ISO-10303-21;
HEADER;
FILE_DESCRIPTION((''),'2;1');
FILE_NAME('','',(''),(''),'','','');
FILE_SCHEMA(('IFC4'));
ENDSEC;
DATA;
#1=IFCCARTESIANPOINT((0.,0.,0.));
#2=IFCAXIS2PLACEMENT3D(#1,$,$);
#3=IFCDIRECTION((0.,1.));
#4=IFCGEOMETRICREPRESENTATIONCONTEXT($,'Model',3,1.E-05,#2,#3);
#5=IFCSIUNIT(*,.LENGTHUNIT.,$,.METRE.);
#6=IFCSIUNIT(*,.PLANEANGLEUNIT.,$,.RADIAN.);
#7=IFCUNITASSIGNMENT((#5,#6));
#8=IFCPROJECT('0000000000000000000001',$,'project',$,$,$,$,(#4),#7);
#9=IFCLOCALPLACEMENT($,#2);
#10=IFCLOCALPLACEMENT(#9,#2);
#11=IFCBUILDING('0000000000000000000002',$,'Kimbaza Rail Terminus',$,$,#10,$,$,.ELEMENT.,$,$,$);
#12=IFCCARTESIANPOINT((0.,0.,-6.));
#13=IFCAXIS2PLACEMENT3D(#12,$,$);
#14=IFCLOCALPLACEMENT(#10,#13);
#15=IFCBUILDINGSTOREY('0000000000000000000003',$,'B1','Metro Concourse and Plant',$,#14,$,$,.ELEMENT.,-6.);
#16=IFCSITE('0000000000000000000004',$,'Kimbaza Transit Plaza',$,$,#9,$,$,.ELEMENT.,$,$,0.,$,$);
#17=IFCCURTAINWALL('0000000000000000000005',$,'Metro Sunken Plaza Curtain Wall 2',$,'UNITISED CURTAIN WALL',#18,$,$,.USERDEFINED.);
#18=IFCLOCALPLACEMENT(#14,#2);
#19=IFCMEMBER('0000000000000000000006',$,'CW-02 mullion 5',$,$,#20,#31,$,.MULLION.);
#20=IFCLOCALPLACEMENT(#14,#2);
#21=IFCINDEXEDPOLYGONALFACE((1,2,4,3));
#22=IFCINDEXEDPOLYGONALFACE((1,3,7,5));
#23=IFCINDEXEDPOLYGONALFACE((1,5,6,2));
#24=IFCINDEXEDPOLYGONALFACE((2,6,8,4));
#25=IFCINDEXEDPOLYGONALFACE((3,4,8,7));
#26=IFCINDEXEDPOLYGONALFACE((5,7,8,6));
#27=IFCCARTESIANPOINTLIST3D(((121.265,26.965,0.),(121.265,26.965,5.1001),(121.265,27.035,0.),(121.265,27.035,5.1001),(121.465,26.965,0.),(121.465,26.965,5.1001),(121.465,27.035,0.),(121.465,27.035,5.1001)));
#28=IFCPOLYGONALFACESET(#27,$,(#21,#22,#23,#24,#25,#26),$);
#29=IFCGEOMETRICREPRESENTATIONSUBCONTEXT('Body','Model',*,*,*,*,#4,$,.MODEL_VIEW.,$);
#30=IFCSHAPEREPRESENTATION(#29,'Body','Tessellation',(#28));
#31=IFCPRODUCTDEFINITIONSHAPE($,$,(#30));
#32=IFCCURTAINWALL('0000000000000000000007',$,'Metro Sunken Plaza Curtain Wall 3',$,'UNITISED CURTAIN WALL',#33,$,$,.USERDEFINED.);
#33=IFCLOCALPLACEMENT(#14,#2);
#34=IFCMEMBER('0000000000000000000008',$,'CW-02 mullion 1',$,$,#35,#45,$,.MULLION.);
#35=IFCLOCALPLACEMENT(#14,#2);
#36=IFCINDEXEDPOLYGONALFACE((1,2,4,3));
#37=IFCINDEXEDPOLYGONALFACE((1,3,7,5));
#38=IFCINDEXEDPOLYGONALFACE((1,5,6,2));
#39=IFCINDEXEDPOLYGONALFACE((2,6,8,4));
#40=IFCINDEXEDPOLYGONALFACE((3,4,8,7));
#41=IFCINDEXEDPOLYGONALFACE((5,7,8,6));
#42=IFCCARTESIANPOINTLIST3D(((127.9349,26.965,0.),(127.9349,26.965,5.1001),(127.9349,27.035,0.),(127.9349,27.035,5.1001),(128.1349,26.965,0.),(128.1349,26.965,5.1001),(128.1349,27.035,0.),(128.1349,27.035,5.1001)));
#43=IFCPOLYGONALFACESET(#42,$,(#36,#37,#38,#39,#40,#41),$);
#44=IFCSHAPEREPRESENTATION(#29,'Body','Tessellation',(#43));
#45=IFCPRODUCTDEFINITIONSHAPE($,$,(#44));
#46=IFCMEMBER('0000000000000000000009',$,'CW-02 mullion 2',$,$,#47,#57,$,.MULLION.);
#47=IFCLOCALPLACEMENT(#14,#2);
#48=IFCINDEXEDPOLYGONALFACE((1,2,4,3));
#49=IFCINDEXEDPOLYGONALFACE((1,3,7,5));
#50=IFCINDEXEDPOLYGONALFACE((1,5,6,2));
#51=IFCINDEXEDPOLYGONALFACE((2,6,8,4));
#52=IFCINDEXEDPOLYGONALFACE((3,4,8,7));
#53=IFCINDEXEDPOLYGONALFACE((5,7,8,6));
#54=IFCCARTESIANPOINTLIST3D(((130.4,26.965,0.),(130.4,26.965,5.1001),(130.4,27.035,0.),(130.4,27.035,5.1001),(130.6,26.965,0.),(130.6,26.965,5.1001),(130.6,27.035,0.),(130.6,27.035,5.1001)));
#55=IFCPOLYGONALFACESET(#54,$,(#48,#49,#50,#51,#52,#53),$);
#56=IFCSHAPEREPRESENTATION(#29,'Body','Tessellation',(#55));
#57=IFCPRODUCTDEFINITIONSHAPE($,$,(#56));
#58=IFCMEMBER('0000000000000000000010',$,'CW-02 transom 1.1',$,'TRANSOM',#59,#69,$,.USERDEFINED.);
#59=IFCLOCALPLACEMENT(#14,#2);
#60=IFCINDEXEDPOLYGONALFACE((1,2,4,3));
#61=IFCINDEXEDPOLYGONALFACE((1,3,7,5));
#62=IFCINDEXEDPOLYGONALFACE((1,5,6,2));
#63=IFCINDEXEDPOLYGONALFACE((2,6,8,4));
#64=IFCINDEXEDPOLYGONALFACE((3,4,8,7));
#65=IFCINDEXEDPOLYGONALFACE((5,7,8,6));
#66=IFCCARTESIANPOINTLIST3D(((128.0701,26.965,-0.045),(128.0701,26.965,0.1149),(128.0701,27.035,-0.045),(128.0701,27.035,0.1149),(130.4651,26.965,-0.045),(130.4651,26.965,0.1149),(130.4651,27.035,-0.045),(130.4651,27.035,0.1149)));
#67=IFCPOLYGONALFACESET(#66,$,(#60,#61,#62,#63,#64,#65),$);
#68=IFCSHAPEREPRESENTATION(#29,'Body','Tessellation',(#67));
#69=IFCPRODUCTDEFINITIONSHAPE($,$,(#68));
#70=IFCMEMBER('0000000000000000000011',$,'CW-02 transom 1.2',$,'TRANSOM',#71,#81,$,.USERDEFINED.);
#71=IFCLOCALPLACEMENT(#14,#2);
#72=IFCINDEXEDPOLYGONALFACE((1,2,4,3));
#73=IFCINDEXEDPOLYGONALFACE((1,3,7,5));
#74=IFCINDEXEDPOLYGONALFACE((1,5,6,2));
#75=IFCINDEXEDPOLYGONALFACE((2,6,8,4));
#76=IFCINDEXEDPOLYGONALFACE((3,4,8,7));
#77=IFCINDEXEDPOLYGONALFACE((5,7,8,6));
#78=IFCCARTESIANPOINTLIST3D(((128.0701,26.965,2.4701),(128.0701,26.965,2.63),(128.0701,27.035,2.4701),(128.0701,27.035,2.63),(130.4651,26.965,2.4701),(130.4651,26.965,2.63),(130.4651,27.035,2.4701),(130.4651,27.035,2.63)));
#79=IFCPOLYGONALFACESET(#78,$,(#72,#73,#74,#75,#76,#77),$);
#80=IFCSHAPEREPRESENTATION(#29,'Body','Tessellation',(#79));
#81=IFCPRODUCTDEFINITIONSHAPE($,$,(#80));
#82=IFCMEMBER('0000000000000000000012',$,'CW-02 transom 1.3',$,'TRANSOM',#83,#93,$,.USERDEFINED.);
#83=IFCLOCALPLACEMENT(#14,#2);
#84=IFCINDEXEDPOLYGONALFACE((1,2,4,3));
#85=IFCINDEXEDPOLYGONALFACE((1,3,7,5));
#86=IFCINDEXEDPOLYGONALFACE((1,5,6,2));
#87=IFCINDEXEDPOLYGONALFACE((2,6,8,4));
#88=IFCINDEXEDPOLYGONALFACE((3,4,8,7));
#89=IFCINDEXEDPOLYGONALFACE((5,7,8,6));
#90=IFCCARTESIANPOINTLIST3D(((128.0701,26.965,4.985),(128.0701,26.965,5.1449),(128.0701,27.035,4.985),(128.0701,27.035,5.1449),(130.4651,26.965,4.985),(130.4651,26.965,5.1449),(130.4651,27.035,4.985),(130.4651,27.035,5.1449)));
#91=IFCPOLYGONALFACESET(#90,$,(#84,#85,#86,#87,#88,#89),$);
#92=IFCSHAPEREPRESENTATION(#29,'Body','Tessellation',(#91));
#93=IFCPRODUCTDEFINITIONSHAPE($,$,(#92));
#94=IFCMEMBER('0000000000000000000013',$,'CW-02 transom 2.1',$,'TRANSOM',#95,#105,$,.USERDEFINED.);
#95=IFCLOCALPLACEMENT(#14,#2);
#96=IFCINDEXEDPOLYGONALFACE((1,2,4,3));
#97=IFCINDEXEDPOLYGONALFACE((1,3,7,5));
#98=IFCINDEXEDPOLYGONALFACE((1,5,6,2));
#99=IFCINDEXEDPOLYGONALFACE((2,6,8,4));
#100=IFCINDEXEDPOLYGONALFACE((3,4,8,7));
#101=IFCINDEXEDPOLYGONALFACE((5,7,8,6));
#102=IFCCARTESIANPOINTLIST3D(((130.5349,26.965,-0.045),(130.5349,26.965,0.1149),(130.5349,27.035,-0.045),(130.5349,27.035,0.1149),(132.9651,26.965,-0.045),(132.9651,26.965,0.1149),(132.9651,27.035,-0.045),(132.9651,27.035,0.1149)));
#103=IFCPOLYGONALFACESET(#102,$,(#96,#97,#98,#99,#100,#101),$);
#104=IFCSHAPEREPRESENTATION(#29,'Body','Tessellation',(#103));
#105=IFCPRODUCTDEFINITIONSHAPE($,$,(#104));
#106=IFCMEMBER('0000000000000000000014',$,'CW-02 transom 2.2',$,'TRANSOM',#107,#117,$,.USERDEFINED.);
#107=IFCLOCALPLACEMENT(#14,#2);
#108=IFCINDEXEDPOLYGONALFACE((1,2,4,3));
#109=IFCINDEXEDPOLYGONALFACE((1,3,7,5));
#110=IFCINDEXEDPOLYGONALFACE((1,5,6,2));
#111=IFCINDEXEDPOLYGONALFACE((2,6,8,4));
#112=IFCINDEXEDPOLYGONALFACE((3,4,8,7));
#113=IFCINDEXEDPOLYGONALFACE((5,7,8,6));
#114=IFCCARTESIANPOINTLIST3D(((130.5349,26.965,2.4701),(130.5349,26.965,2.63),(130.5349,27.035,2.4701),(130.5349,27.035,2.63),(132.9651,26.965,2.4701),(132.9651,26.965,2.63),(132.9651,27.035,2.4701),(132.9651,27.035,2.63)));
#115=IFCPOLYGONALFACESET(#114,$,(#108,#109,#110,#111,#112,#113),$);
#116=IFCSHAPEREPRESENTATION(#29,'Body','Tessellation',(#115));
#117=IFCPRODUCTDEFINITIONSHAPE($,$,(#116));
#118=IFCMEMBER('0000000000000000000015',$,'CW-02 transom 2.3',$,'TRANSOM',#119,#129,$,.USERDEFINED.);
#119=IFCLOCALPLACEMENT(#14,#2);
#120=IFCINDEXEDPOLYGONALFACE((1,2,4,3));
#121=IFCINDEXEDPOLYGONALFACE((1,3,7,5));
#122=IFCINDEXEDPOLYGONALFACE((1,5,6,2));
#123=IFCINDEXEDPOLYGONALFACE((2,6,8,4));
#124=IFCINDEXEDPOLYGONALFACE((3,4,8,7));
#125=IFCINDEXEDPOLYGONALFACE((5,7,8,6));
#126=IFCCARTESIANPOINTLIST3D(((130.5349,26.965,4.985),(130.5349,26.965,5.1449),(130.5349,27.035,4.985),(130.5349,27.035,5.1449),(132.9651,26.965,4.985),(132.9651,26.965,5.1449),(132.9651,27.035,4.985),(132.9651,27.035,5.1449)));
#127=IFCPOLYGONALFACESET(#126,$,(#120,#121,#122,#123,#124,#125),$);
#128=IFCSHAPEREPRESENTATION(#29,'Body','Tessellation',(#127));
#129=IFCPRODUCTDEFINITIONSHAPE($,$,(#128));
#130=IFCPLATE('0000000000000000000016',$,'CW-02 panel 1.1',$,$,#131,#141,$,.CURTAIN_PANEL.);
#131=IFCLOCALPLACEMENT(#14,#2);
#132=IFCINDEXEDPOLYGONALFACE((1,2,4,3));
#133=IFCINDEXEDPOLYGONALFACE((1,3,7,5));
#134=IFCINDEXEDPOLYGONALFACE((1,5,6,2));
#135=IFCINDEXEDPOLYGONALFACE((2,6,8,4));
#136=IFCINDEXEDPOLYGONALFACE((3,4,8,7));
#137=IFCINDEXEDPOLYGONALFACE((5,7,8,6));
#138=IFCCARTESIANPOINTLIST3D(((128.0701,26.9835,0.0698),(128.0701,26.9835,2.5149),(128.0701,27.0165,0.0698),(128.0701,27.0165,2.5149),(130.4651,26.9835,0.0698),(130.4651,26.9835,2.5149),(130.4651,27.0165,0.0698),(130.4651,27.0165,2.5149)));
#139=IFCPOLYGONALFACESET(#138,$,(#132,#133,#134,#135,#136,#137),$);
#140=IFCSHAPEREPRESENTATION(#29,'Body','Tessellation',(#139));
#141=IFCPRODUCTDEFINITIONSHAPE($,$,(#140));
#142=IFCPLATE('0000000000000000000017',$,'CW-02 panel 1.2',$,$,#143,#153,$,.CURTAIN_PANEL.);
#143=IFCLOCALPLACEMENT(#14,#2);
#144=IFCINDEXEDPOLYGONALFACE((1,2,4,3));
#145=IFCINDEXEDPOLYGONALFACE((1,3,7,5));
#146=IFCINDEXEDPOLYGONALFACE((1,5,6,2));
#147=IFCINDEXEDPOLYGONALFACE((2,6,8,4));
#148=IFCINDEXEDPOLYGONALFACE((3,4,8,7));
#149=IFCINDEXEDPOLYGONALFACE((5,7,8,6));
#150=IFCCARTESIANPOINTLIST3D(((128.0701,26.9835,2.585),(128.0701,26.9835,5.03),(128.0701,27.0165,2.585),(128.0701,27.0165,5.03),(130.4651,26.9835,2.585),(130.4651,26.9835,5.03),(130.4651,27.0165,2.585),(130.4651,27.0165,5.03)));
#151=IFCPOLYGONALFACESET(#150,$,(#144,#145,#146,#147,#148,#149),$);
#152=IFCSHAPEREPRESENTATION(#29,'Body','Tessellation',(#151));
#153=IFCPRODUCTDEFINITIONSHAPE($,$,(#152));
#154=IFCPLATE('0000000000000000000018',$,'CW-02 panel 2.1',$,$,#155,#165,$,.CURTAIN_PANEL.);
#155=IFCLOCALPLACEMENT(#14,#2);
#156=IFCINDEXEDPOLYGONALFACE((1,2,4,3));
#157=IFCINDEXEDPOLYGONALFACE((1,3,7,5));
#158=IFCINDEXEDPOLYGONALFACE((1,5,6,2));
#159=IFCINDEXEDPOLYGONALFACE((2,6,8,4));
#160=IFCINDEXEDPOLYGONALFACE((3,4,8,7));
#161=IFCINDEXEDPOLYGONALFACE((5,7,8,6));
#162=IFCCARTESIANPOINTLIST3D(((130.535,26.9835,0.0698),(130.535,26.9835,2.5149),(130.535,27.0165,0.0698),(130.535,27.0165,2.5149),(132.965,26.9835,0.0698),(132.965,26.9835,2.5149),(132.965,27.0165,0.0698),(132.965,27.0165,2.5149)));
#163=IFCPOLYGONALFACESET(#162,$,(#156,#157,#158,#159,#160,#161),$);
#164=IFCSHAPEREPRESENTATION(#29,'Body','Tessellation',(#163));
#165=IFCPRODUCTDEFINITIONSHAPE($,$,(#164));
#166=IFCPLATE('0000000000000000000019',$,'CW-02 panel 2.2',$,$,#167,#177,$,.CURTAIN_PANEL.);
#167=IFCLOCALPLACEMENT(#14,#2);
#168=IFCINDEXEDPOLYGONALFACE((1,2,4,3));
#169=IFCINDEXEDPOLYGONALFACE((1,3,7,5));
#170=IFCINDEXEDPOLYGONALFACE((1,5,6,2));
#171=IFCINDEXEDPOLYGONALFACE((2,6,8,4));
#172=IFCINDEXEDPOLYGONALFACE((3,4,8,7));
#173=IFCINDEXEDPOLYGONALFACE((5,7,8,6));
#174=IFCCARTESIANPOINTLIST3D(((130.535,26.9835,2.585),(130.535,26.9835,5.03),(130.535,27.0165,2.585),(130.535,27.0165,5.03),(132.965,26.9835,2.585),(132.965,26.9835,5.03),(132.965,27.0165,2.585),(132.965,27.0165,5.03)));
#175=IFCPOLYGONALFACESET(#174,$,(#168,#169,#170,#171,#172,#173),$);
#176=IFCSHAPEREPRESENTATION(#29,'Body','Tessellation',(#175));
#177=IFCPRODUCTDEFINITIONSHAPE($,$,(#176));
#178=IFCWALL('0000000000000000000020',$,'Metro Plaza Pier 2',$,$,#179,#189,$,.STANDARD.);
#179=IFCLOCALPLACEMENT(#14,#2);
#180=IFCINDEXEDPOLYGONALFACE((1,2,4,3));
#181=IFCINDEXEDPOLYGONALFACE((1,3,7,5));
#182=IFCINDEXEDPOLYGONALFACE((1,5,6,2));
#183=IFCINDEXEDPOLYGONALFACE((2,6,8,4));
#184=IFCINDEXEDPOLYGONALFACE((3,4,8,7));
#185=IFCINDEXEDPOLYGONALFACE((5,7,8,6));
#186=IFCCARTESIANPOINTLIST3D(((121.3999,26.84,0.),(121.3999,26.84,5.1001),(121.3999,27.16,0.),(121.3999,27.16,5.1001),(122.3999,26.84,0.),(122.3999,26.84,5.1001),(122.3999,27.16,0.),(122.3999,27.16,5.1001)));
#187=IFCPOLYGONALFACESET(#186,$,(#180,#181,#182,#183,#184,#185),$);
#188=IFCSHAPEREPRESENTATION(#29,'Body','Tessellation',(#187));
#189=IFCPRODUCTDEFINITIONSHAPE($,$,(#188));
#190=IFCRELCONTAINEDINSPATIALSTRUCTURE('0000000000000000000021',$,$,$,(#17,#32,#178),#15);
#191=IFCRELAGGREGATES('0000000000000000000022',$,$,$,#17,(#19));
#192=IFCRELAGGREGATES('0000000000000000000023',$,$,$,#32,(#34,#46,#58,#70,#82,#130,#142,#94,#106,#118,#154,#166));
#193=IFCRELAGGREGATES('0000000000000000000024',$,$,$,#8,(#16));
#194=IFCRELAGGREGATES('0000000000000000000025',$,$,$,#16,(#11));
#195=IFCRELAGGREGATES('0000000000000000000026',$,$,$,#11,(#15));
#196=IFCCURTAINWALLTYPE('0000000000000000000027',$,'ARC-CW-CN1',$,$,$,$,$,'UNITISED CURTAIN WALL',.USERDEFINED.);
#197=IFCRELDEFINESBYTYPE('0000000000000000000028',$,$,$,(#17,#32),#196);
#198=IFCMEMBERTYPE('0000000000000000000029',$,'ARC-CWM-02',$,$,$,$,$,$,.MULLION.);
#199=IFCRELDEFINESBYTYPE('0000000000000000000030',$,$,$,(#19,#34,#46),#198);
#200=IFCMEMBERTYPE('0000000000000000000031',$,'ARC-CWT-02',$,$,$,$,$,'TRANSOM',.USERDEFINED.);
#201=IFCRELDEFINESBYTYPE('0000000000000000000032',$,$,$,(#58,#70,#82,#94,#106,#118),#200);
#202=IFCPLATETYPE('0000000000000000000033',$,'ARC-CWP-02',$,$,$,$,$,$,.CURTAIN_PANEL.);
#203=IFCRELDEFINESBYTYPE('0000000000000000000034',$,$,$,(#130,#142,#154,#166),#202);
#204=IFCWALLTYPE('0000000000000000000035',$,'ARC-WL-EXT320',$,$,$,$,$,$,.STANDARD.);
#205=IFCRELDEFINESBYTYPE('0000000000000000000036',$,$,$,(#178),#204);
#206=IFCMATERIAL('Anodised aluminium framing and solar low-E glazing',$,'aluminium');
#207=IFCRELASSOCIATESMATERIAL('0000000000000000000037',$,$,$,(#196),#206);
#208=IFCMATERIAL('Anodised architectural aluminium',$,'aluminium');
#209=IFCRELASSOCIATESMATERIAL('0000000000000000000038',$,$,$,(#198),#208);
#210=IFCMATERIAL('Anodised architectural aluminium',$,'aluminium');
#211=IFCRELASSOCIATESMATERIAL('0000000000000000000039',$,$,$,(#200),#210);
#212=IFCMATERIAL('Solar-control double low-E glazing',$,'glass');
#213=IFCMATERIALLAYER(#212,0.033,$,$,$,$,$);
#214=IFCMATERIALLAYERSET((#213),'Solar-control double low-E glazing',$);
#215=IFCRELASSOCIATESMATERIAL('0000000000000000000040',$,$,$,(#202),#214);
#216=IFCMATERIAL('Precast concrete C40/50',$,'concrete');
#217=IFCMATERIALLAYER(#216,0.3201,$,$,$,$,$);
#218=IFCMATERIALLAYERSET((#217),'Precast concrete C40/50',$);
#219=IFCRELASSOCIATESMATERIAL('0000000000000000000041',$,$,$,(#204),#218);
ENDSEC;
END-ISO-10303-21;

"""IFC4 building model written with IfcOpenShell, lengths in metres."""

from ifc_helpers import new_model, si_unit, direction, frame, frame_2d, origin, origin_2d, place, context, subcontext, project, spatial, rectangle, extrude, material, layer, layer_set, material_profile, profile_set, type_object, element, aggregate, save


model = new_model("IFC4")

# Units and contexts
model_context = context("Model", 3, precision=1e-05, world=origin(), true_north=direction((0.0, 1.0)))
body_context = subcontext(model_context, "Body", "Model", "MODEL_VIEW")
ifc_project = project(units=[si_unit("LENGTHUNIT", "METRE"), si_unit("PLANEANGLEUNIT", "RADIAN")], contexts=[model_context])

# Site, building, storey
site_placement = place(None, origin())
site = spatial("IfcSite", under=ifc_project, at=site_placement, Name="Kimbaza Transit Plaza", CompositionType="ELEMENT", RefElevation=0.0)
building_placement = place(site_placement, origin())
building = spatial("IfcBuilding", under=site, at=building_placement, Name="Kimbaza Rail Terminus", CompositionType="ELEMENT")
storey_placement = place(building_placement, frame((0.0, 0.0, -6.0)))
storey = spatial("IfcBuildingStorey", under=building, at=storey_placement, Name="B1", Description="Metro Concourse and Plant", CompositionType="ELEMENT", Elevation=-6.0)

# Curtain wall, member
ifc_material_1 = material(Name="Anodised aluminium framing and solar low-E glazing", Category="aluminium")
curtain_wall_type = type_object("IfcCurtainWallType", Name="ARC-CW-CN1", ElementType="UNITISED CURTAIN WALL", PredefinedType="USERDEFINED", material=ifc_material_1)
curtain_wall_1_placement = place(storey_placement, origin())
curtain_wall_1 = element("IfcCurtainWall", 1, at=curtain_wall_1_placement, inside=storey, type_object=curtain_wall_type, Name="Metro Sunken Plaza Curtain Wall 2", ObjectType="UNITISED CURTAIN WALL", PredefinedType="USERDEFINED")
ifc_material_2 = material(Name="Anodised architectural aluminium", Category="aluminium")
ifc_material_profile_1 = material_profile(ifc_material_2, rectangle(XDim=0.0701, YDim=0.2, at=origin_2d()), Name="MULLION 70x200")
ifc_profile_set_1 = profile_set([ifc_material_profile_1], Name="Anodised architectural aluminium")
member_type_1 = type_object("IfcMemberType", Name="ARC-CWM-02", PredefinedType="MULLION", material=ifc_profile_set_1)
member_1_placement = place(storey_placement, frame((121.365, 27.0, 0.0), z_axis=(0.0, 0.0, 1.0), x_axis=(0.0, 1.0, 0.0)))
member_1 = element("IfcMember", 2, at=member_1_placement, type_object=member_type_1, Name="CW-02 mullion 5", PredefinedType="MULLION", context=body_context, shape_type="SweptSolid", body=[
    extrude(rectangle(XDim=0.0701, YDim=0.2, at=origin_2d()), origin(), (0.0, 0.0, 1.0), 5.1001),
])
aggregate(curtain_wall_1, [member_1])

# Curtain wall, members, plates
curtain_wall_2_placement = place(storey_placement, origin())
curtain_wall_2 = element("IfcCurtainWall", 3, at=curtain_wall_2_placement, inside=storey, type_object=curtain_wall_type, Name="Metro Sunken Plaza Curtain Wall 3", ObjectType="UNITISED CURTAIN WALL", PredefinedType="USERDEFINED")
member_2_placement = place(storey_placement, frame((128.0349, 27.0, 0.0), z_axis=(0.0, 0.0, 1.0), x_axis=(0.0, 1.0, 0.0)))
member_2 = element("IfcMember", 4, at=member_2_placement, type_object=member_type_1, Name="CW-02 mullion 1", PredefinedType="MULLION", context=body_context, shape_type="SweptSolid", body=[
    extrude(rectangle(XDim=0.0701, YDim=0.2, at=origin_2d()), origin(), (0.0, 0.0, 1.0), 5.1001),
])
member_3_placement = place(storey_placement, frame((130.5, 27.0, 0.0), z_axis=(0.0, 0.0, 1.0), x_axis=(0.0, 1.0, 0.0)))
member_3 = element("IfcMember", 5, at=member_3_placement, type_object=member_type_1, Name="CW-02 mullion 2", PredefinedType="MULLION", context=body_context, shape_type="SweptSolid", body=[
    extrude(rectangle(XDim=0.0701, YDim=0.2, at=origin_2d()), origin(), (0.0, 0.0, 1.0), 5.1001),
])
ifc_material_3 = material(Name="Anodised architectural aluminium", Category="aluminium")
ifc_material_profile_2 = material_profile(ifc_material_3, rectangle(XDim=0.0701, YDim=0.1599, at=origin_2d()), Name="TRANSOM 70x160")
ifc_profile_set_2 = profile_set([ifc_material_profile_2], Name="Anodised architectural aluminium")
member_type_2 = type_object("IfcMemberType", Name="ARC-CWT-02", ElementType="TRANSOM", PredefinedType="USERDEFINED", material=ifc_profile_set_2)
member_4_placement = place(storey_placement, frame((128.0701, 27.0, 0.0349), z_axis=(1.0, 0.0, 0.0), x_axis=(0.0, 1.0, 0.0)))
member_4 = element("IfcMember", 6, at=member_4_placement, type_object=member_type_2, Name="CW-02 transom 1.1", ObjectType="TRANSOM", PredefinedType="USERDEFINED", context=body_context, shape_type="SweptSolid", body=[
    extrude(rectangle(XDim=0.0701, YDim=0.1599, at=origin_2d()), origin(), (0.0, 0.0, 1.0), 2.395),
])
member_5_placement = place(storey_placement, frame((128.0701, 27.0, 2.55), z_axis=(1.0, 0.0, 0.0), x_axis=(0.0, 1.0, 0.0)))
member_5 = element("IfcMember", 7, at=member_5_placement, type_object=member_type_2, Name="CW-02 transom 1.2", ObjectType="TRANSOM", PredefinedType="USERDEFINED", context=body_context, shape_type="SweptSolid", body=[
    extrude(rectangle(XDim=0.0701, YDim=0.1599, at=origin_2d()), origin(), (0.0, 0.0, 1.0), 2.395),
])
member_6_placement = place(storey_placement, frame((128.0701, 27.0, 5.0649), z_axis=(1.0, 0.0, 0.0), x_axis=(0.0, 1.0, 0.0)))
member_6 = element("IfcMember", 8, at=member_6_placement, type_object=member_type_2, Name="CW-02 transom 1.3", ObjectType="TRANSOM", PredefinedType="USERDEFINED", context=body_context, shape_type="SweptSolid", body=[
    extrude(rectangle(XDim=0.0701, YDim=0.1599, at=origin_2d()), origin(), (0.0, 0.0, 1.0), 2.395),
])
member_7_placement = place(storey_placement, frame((130.5349, 27.0, 0.0349), z_axis=(1.0, 0.0, 0.0), x_axis=(0.0, 1.0, 0.0)))
member_7 = element("IfcMember", 9, at=member_7_placement, type_object=member_type_2, Name="CW-02 transom 2.1", ObjectType="TRANSOM", PredefinedType="USERDEFINED", context=body_context, shape_type="SweptSolid", body=[
    extrude(rectangle(XDim=0.0701, YDim=0.1599, at=origin_2d()), origin(), (0.0, 0.0, 1.0), 2.4302),
])
member_8_placement = place(storey_placement, frame((130.5349, 27.0, 2.55), z_axis=(1.0, 0.0, 0.0), x_axis=(0.0, 1.0, 0.0)))
member_8 = element("IfcMember", 10, at=member_8_placement, type_object=member_type_2, Name="CW-02 transom 2.2", ObjectType="TRANSOM", PredefinedType="USERDEFINED", context=body_context, shape_type="SweptSolid", body=[
    extrude(rectangle(XDim=0.0701, YDim=0.1599, at=origin_2d()), origin(), (0.0, 0.0, 1.0), 2.4302),
])
member_9_placement = place(storey_placement, frame((130.5349, 27.0, 5.0649), z_axis=(1.0, 0.0, 0.0), x_axis=(0.0, 1.0, 0.0)))
member_9 = element("IfcMember", 11, at=member_9_placement, type_object=member_type_2, Name="CW-02 transom 2.3", ObjectType="TRANSOM", PredefinedType="USERDEFINED", context=body_context, shape_type="SweptSolid", body=[
    extrude(rectangle(XDim=0.0701, YDim=0.1599, at=origin_2d()), origin(), (0.0, 0.0, 1.0), 2.4302),
])
ifc_material_4 = material(Name="Solar-control double low-E glazing", Category="glass")
ifc_layer_1 = layer(ifc_material_4, 0.033)
ifc_layer_set_1 = layer_set([ifc_layer_1], Name="Solar-control double low-E glazing")
plate_type = type_object("IfcPlateType", Name="ARC-CWP-02", PredefinedType="CURTAIN_PANEL", material=ifc_layer_set_1)
plate_1_placement = place(storey_placement, frame((129.2676, 27.0, 0.0698), z_axis=(0.0, 0.0, 1.0), x_axis=(1.0, 0.0, 0.0)))
plate_1 = element("IfcPlate", 12, at=plate_1_placement, type_object=plate_type, Name="CW-02 panel 1.1", PredefinedType="CURTAIN_PANEL", context=body_context, shape_type="SweptSolid", body=[
    extrude(rectangle(XDim=2.395, YDim=0.033, at=origin_2d()), origin(), (0.0, 0.0, 1.0), 2.4451),
])
plate_2_placement = place(storey_placement, frame((129.2676, 27.0, 2.585), z_axis=(0.0, 0.0, 1.0), x_axis=(1.0, 0.0, 0.0)))
plate_2 = element("IfcPlate", 13, at=plate_2_placement, type_object=plate_type, Name="CW-02 panel 1.2", PredefinedType="CURTAIN_PANEL", context=body_context, shape_type="SweptSolid", body=[
    extrude(rectangle(XDim=2.395, YDim=0.033, at=origin_2d()), origin(), (0.0, 0.0, 1.0), 2.4451),
])
plate_3_placement = place(storey_placement, frame((131.75, 27.0, 0.0698), z_axis=(0.0, 0.0, 1.0), x_axis=(1.0, 0.0, 0.0)))
plate_3 = element("IfcPlate", 14, at=plate_3_placement, type_object=plate_type, Name="CW-02 panel 2.1", PredefinedType="CURTAIN_PANEL", context=body_context, shape_type="SweptSolid", body=[
    extrude(rectangle(XDim=2.4299, YDim=0.033, at=origin_2d()), origin(), (0.0, 0.0, 1.0), 2.4451),
])
plate_4_placement = place(storey_placement, frame((131.75, 27.0, 2.585), z_axis=(0.0, 0.0, 1.0), x_axis=(1.0, 0.0, 0.0)))
plate_4 = element("IfcPlate", 15, at=plate_4_placement, type_object=plate_type, Name="CW-02 panel 2.2", PredefinedType="CURTAIN_PANEL", context=body_context, shape_type="SweptSolid", body=[
    extrude(rectangle(XDim=2.4299, YDim=0.033, at=origin_2d()), origin(), (0.0, 0.0, 1.0), 2.4451),
])
aggregate(curtain_wall_2, [member_2, member_3, member_4, member_5, member_6, plate_1, plate_2, member_7, member_8, member_9, plate_3, plate_4])

# Wall
ifc_material_5 = material(Name="Precast concrete C40/50", Category="concrete")
ifc_layer_2 = layer(ifc_material_5, 0.3201)
ifc_layer_set_2 = layer_set([ifc_layer_2], Name="Precast concrete C40/50")
wall_type = type_object("IfcWallType", Name="ARC-WL-EXT320", PredefinedType="STANDARD", material=ifc_layer_set_2)
wall_1_placement = place(storey_placement, frame((121.3999, 27.0, 0.0), z_axis=(0.0, 0.0, 1.0), x_axis=(1.0, 0.0, 0.0)))
element("IfcWall", 16, at=wall_1_placement, inside=storey, type_object=wall_type, Name="Metro Plaza Pier 2", PredefinedType="STANDARD", context=body_context, shape_type="SweptSolid", body=[
    extrude(rectangle(XDim=1.0, YDim=0.3201, at=frame_2d((0.5, 0.0))), origin(), (0.0, 0.0, 1.0), 5.1001),
])

save(model, "model.ifc")
